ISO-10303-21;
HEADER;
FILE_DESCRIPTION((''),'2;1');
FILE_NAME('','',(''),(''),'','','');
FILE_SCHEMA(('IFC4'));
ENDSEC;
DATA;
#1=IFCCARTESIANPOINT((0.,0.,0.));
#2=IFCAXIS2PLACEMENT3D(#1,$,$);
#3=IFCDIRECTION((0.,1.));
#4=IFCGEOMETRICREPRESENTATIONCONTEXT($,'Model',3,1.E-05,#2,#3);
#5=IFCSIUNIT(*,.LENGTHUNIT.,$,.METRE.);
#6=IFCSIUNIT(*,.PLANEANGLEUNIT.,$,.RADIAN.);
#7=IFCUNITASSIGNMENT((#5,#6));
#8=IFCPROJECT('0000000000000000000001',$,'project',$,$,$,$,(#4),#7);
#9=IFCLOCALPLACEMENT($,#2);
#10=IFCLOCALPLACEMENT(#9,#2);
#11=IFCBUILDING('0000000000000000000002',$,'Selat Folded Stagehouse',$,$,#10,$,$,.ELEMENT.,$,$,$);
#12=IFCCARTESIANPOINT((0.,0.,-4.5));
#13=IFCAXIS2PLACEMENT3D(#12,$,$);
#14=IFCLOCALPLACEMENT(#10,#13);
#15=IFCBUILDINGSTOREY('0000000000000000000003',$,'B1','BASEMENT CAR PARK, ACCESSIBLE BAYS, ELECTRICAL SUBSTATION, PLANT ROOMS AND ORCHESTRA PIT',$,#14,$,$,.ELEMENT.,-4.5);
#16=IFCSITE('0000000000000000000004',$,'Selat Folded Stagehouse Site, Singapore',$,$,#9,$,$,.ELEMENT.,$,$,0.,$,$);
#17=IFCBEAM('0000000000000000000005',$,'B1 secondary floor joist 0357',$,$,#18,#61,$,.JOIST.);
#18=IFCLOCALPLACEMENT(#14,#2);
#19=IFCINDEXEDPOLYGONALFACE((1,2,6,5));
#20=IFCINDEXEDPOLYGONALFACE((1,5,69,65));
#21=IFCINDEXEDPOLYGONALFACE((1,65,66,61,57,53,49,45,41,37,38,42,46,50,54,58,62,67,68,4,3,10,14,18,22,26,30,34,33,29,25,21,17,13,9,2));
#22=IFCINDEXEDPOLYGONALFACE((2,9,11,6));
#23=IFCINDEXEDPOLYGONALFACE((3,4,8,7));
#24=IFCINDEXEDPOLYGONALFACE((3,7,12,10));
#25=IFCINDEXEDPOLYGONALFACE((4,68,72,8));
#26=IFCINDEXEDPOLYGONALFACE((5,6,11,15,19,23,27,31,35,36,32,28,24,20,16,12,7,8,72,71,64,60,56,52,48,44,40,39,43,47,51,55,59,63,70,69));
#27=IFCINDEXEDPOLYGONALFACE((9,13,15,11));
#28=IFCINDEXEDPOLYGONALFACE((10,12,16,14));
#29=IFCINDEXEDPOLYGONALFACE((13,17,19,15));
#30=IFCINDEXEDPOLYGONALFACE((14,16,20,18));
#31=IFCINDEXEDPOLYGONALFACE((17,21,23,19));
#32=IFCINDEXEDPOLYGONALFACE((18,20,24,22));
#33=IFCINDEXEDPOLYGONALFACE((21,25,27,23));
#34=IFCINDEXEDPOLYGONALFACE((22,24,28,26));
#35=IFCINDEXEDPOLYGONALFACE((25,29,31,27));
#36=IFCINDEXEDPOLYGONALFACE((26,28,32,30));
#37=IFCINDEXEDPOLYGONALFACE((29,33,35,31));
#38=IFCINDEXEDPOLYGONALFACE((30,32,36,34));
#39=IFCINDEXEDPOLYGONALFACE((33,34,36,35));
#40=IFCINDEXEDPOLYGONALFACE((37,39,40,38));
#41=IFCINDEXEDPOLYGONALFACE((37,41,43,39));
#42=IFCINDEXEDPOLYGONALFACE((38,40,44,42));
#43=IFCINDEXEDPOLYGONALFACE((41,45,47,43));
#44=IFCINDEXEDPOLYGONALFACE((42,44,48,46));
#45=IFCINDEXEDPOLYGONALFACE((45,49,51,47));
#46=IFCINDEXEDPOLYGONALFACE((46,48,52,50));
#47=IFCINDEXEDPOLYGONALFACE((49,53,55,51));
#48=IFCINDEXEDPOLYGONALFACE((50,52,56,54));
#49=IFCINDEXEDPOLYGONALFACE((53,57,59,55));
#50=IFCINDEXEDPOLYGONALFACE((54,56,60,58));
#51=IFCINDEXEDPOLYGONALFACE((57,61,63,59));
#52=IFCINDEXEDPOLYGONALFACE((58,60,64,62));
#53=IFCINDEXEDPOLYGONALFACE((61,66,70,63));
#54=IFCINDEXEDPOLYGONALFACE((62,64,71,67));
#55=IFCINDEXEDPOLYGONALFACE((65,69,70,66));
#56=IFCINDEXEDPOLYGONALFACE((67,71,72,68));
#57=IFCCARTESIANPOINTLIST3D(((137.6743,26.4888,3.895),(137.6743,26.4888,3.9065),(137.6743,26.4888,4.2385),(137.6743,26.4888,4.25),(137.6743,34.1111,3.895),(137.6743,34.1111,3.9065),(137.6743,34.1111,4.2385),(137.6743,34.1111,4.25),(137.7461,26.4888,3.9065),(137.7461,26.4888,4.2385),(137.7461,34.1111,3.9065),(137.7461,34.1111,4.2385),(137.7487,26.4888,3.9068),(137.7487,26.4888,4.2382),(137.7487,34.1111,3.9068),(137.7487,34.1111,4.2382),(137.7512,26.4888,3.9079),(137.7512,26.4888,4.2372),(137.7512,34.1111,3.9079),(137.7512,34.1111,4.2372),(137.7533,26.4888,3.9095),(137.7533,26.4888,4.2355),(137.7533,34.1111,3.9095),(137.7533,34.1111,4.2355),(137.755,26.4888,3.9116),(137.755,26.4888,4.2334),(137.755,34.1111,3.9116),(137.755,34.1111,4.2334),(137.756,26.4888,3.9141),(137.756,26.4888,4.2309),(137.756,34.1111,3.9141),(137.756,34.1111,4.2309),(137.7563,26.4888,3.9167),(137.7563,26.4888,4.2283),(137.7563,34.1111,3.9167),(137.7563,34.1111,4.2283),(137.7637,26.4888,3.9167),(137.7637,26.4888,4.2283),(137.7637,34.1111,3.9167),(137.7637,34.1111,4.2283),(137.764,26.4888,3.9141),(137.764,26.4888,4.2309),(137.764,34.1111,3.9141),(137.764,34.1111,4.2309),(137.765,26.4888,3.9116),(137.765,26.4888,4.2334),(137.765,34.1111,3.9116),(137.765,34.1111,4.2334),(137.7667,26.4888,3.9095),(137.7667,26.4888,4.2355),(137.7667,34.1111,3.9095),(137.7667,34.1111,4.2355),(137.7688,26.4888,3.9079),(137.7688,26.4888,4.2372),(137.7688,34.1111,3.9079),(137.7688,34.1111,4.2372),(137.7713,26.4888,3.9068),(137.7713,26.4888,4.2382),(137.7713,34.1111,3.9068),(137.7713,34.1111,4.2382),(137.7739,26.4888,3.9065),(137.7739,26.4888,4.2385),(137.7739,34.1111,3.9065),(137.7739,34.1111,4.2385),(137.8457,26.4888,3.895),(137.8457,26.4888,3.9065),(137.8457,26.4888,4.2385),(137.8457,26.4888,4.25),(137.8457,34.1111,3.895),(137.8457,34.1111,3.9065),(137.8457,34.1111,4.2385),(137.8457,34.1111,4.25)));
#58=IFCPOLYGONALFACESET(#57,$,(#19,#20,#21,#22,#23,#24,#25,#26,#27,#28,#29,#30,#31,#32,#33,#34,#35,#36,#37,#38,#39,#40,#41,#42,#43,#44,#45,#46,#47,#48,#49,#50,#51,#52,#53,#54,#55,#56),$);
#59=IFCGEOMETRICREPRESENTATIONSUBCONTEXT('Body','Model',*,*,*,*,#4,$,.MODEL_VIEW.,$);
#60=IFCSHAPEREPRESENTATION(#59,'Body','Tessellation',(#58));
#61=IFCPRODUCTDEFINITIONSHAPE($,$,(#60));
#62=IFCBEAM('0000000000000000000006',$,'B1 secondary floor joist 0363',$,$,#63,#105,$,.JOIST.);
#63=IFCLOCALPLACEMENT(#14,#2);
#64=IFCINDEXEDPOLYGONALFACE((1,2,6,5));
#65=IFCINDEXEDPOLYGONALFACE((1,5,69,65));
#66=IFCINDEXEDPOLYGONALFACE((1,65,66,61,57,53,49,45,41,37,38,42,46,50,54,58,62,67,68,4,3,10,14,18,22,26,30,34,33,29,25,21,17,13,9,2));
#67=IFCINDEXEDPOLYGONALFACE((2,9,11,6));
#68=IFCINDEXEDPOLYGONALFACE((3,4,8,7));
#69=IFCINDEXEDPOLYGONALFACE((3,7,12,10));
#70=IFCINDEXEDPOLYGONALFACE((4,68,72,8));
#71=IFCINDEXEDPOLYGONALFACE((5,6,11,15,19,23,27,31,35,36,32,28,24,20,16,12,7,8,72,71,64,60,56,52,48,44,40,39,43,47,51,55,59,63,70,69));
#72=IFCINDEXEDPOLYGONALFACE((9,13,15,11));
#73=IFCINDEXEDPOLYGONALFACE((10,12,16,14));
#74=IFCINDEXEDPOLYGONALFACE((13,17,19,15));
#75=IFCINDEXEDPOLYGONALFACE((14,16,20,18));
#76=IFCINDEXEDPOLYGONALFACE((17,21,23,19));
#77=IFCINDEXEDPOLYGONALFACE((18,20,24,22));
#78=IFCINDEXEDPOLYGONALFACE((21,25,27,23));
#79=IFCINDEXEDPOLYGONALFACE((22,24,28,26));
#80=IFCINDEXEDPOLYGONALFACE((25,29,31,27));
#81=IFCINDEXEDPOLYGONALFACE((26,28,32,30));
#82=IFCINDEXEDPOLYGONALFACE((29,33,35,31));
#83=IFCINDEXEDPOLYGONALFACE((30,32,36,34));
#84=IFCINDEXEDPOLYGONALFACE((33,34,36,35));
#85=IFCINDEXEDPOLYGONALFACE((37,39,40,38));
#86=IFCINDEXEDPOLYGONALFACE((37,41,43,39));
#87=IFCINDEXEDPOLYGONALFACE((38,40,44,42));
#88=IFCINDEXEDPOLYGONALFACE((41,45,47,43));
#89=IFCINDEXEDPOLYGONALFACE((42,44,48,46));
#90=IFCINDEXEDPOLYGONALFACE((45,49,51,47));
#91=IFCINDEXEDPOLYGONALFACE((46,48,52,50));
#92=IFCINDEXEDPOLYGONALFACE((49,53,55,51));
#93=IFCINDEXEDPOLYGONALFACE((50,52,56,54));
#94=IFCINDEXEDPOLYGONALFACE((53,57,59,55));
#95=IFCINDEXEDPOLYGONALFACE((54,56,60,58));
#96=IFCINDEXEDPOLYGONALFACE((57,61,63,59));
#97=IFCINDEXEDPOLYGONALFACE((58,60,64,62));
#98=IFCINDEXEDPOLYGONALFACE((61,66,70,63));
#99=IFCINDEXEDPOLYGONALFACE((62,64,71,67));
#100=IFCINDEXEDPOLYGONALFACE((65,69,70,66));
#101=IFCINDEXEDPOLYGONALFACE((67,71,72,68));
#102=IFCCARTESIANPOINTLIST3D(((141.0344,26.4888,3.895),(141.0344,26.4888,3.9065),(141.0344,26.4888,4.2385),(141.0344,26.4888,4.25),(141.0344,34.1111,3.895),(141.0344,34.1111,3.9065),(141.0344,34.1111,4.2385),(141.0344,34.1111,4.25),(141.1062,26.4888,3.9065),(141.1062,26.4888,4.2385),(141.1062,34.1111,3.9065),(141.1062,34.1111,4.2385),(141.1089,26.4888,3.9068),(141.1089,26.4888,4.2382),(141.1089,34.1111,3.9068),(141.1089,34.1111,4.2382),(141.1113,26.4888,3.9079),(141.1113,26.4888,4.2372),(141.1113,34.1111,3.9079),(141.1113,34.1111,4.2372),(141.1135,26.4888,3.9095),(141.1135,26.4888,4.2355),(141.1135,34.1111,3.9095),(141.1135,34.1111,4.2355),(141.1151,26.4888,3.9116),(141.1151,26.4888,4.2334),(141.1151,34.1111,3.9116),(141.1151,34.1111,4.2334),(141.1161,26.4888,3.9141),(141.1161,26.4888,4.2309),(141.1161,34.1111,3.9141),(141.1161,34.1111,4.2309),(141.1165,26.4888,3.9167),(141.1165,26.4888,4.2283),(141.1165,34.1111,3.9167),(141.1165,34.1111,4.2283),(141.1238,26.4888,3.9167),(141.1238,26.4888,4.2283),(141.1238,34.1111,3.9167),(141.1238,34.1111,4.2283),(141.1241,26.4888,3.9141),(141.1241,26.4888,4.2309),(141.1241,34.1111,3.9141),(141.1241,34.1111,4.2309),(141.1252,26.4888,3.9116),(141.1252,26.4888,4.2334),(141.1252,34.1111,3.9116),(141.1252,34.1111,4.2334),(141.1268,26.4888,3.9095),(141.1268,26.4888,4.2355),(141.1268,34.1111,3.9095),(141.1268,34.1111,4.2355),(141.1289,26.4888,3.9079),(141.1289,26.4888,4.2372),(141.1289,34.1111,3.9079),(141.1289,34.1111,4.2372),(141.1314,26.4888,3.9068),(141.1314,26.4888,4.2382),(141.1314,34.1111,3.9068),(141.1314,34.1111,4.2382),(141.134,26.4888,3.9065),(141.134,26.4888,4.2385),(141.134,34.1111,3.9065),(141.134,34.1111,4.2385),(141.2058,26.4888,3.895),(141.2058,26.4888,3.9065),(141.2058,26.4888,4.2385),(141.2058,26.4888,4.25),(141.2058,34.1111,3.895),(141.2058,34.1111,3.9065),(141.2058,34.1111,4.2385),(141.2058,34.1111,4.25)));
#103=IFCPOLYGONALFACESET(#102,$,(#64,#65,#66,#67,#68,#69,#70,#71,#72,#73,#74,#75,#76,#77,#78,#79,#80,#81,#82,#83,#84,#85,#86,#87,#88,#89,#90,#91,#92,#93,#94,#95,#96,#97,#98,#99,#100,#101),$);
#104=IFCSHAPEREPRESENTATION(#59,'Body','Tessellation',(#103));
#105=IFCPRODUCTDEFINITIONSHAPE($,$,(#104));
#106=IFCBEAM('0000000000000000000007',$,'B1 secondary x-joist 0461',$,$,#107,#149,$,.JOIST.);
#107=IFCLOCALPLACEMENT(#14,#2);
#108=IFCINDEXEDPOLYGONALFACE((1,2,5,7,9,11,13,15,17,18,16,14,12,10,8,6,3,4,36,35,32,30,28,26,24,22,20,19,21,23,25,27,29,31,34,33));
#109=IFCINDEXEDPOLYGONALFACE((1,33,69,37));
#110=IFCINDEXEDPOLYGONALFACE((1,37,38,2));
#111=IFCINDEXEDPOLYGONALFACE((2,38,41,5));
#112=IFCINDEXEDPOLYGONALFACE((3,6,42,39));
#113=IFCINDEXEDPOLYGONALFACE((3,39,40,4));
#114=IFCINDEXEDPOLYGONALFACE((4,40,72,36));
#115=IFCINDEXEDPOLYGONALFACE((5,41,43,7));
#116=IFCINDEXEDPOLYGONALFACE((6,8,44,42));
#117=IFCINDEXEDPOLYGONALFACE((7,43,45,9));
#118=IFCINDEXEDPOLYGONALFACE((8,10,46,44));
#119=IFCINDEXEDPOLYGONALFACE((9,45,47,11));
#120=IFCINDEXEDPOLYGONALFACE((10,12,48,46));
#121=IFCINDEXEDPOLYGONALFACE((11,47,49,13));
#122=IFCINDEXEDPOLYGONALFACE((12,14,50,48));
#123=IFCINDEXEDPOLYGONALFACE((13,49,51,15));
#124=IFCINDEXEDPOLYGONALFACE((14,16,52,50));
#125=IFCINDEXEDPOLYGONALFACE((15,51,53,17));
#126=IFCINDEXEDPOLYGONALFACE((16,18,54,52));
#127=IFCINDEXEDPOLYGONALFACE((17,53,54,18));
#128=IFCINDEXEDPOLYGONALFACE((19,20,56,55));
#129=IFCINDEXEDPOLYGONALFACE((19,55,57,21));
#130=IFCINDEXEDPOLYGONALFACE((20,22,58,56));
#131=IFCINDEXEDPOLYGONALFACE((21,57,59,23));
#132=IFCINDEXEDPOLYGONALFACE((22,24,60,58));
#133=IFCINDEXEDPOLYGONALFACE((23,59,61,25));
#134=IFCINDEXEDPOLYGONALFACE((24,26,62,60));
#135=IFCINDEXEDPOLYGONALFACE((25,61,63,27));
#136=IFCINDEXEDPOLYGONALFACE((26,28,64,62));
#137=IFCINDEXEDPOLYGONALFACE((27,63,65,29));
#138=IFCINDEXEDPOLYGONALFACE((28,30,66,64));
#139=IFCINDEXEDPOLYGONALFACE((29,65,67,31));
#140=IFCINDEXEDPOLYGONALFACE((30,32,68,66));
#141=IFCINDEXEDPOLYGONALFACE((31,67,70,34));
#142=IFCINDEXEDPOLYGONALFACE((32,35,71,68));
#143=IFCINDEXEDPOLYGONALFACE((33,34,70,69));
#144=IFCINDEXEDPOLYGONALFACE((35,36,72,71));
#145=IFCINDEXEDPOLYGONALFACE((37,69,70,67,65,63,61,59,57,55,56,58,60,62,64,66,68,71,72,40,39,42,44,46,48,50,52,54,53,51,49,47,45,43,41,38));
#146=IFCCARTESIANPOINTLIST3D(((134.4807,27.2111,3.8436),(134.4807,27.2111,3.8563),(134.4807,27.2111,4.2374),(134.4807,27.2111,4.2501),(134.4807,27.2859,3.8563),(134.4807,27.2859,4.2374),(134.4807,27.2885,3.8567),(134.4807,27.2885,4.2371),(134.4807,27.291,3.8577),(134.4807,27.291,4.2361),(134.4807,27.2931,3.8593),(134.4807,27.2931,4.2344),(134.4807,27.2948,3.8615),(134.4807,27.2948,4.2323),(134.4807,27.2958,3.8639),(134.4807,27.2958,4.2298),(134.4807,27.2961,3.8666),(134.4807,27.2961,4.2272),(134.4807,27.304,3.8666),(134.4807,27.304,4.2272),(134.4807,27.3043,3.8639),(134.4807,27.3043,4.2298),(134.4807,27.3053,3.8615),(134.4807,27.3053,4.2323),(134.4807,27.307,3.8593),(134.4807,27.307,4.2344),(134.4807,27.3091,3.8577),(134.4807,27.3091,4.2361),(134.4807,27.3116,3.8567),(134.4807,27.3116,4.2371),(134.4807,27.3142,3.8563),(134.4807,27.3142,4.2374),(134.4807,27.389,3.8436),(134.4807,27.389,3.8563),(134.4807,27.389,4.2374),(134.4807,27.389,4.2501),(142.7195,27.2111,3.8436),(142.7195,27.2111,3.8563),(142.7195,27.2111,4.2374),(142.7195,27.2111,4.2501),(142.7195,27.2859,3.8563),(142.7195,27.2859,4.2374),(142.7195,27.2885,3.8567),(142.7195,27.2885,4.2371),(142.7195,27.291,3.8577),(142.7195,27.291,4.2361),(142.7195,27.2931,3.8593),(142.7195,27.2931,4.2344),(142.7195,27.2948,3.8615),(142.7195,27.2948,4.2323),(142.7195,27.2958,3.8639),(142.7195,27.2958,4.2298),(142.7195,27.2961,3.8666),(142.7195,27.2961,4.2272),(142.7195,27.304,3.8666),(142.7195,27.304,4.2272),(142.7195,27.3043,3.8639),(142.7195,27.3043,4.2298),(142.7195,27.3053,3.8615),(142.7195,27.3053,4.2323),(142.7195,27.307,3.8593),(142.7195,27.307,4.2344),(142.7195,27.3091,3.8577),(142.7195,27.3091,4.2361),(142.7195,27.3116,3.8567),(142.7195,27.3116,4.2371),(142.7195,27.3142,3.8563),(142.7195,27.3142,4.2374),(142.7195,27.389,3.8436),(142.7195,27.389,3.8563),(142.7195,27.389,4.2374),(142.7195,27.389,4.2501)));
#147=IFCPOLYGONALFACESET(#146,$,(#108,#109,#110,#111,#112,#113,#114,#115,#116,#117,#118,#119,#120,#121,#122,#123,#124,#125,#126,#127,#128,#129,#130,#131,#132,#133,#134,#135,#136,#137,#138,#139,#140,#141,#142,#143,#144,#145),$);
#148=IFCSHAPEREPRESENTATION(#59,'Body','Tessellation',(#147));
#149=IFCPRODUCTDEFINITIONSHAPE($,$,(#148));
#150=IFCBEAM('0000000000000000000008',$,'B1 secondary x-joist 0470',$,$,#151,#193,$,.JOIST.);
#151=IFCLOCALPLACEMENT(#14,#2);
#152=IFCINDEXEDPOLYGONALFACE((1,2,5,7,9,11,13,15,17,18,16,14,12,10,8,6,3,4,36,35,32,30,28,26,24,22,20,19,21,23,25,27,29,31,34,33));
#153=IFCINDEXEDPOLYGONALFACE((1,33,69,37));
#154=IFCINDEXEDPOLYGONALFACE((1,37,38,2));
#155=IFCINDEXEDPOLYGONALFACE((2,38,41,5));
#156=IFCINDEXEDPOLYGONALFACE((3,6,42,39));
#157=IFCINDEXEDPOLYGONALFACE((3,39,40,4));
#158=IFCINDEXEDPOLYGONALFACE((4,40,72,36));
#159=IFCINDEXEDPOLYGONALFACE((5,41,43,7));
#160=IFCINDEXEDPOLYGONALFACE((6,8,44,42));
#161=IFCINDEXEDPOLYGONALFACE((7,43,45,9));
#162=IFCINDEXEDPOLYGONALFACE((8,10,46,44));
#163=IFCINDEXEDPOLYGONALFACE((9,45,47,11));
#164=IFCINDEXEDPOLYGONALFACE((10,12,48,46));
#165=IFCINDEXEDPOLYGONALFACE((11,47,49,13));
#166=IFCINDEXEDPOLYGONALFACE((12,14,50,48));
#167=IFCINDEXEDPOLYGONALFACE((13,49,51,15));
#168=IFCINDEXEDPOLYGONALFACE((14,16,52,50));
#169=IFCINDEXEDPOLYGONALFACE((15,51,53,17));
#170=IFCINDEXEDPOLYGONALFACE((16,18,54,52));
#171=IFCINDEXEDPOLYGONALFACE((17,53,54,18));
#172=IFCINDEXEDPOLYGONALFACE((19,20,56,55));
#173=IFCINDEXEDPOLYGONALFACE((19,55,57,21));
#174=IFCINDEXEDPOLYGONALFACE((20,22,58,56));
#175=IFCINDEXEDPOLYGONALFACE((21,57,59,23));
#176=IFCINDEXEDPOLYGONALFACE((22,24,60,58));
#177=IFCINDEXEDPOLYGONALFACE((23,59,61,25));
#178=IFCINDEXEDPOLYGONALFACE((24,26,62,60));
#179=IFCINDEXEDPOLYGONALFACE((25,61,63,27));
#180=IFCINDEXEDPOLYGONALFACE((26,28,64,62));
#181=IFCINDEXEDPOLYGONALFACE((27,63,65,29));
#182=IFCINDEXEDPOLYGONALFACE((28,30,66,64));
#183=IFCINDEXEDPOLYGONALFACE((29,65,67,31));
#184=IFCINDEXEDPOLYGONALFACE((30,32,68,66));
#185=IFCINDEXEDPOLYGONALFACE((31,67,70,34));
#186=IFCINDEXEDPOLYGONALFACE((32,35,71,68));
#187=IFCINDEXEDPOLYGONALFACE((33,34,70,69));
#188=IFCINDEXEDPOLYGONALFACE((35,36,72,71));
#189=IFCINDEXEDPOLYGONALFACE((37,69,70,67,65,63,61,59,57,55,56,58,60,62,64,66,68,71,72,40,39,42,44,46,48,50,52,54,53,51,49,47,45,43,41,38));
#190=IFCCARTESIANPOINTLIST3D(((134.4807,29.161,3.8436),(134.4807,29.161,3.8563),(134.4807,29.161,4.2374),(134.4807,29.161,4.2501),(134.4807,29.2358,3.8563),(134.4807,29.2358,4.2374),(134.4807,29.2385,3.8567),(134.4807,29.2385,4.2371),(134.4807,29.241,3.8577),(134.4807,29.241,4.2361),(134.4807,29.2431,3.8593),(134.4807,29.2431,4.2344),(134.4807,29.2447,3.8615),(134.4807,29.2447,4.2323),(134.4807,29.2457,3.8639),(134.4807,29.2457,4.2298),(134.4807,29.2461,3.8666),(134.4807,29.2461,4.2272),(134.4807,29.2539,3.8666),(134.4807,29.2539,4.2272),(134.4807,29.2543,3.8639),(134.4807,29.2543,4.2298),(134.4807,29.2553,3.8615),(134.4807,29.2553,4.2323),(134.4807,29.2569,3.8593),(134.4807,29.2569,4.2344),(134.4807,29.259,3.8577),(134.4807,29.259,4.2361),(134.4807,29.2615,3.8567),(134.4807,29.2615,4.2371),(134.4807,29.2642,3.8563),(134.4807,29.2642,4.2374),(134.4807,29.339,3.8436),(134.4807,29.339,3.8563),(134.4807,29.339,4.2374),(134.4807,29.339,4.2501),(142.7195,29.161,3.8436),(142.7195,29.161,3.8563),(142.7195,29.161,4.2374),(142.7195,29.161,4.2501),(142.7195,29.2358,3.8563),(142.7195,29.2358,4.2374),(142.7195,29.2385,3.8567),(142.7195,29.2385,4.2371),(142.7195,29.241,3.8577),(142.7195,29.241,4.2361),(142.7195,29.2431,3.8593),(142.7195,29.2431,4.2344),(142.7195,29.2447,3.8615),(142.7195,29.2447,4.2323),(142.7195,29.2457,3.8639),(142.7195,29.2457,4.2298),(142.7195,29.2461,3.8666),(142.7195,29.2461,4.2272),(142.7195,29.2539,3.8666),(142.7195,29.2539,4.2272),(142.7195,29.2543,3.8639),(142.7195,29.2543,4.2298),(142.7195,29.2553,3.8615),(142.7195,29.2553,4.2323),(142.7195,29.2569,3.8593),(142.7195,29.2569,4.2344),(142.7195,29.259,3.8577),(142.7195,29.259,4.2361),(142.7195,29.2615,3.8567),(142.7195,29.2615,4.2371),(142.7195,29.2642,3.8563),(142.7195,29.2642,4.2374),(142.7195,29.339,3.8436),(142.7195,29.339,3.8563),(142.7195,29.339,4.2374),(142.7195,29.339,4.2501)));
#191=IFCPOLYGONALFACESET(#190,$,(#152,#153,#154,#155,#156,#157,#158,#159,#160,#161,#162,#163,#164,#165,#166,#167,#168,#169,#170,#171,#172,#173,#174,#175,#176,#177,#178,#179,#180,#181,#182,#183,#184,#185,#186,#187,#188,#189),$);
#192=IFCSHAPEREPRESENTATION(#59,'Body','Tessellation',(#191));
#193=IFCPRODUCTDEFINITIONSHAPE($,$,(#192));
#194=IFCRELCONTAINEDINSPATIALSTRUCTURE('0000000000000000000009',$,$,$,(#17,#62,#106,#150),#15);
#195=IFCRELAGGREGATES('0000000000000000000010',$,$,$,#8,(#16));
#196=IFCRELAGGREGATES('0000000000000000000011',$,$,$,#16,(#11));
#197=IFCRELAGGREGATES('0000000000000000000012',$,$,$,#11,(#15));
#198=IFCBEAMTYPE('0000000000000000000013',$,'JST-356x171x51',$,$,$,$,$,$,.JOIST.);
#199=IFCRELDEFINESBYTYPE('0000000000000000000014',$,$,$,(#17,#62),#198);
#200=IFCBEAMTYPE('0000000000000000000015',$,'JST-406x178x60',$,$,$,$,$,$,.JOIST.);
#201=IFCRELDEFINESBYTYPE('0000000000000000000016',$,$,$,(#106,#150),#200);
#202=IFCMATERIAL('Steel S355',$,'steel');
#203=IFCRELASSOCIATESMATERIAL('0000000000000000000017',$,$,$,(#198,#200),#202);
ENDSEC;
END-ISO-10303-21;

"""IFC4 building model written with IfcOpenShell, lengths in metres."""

from ifc_helpers import new_model, si_unit, direction, frame, origin, origin_2d, place, context, subcontext, project, spatial, i_section, extrude, material, material_profile, profile_set, type_object, element, save


model = new_model("IFC4")

# Units and contexts
model_context = context("Model", 3, precision=1e-05, world=origin(), true_north=direction((0.0, 1.0)))
body_context = subcontext(model_context, "Body", "Model", "MODEL_VIEW")
ifc_project = project(units=[si_unit("LENGTHUNIT", "METRE"), si_unit("PLANEANGLEUNIT", "RADIAN")], contexts=[model_context])

# Site, building, storey
site_placement = place(None, origin())
site = spatial("IfcSite", under=ifc_project, at=site_placement, Name="Selat Folded Stagehouse Site, Singapore", CompositionType="ELEMENT", RefElevation=0.0)
building_placement = place(site_placement, origin())
building = spatial("IfcBuilding", under=site, at=building_placement, Name="Selat Folded Stagehouse", CompositionType="ELEMENT")
storey_placement = place(building_placement, frame((0.0, 0.0, -4.5)))
storey = spatial("IfcBuildingStorey", under=building, at=storey_placement, Name="B1", Description="BASEMENT CAR PARK, ACCESSIBLE BAYS, ELECTRICAL SUBSTATION, PLANT ROOMS AND ORCHESTRA PIT", CompositionType="ELEMENT", Elevation=-4.5)

# Shared definitions
ifc_material_1 = material(Name="Steel S355", Category="steel")

# Beams
ifc_material_profile_1 = material_profile(ifc_material_1, i_section(OverallWidth=0.1714, OverallDepth=0.355, WebThickness=0.0073, FlangeThickness=0.0115, FilletRadius=0.0103, at=origin_2d()), Name="UKB 356x171x51")
ifc_profile_set_1 = profile_set([ifc_material_profile_1], Name="Steel S355")
beam_type_1 = type_object("IfcBeamType", Name="JST-356x171x51", PredefinedType="JOIST", material=ifc_profile_set_1)
for number, where, z_axis, x_axis, name in (
    (1, (137.76, 26.4888, 4.0725), (0.0, 1.0, 0.0), (-1.0, 0.0, 0.0), "B1 secondary floor joist 0357"),
    (2, (141.1201, 26.4888, 4.0725), (0.0, 1.0, 0.0), (-1.0, 0.0, 0.0), "B1 secondary floor joist 0363"),
):
    element("IfcBeam", number, at=place(storey_placement, frame(where, z_axis=z_axis, x_axis=x_axis)), inside=storey, type_object=beam_type_1, Name=name, PredefinedType="JOIST", context=body_context, shape_type="SweptSolid", body=[
        extrude(i_section(OverallWidth=0.1714, OverallDepth=0.355, WebThickness=0.0073, FlangeThickness=0.0115, FilletRadius=0.0103, at=origin_2d()), origin(), (0.0, 0.0, 1.0), 7.6223),
    ])
ifc_material_profile_2 = material_profile(ifc_material_1, i_section(OverallWidth=0.178, OverallDepth=0.4065, WebThickness=0.0078, FlangeThickness=0.0127, FilletRadius=0.0103, at=origin_2d()), Name="UKB 406x178x60")
ifc_profile_set_2 = profile_set([ifc_material_profile_2], Name="Steel S355")
beam_type_2 = type_object("IfcBeamType", Name="JST-406x178x60", PredefinedType="JOIST", material=ifc_profile_set_2)
for number, where, z_axis, x_axis, name in (
    (3, (134.4807, 27.3, 4.0469), (1.0, 0.0, 0.0), (0.0, 1.0, 0.0), "B1 secondary x-joist 0461"),
    (4, (134.4807, 29.25, 4.0469), (1.0, 0.0, 0.0), (0.0, 1.0, 0.0), "B1 secondary x-joist 0470"),
):
    element("IfcBeam", number, at=place(storey_placement, frame(where, z_axis=z_axis, x_axis=x_axis)), inside=storey, type_object=beam_type_2, Name=name, PredefinedType="JOIST", context=body_context, shape_type="SweptSolid", body=[
        extrude(i_section(OverallWidth=0.178, OverallDepth=0.4065, WebThickness=0.0078, FlangeThickness=0.0127, FilletRadius=0.0103, at=origin_2d()), origin(), (0.0, 0.0, 1.0), 8.2388),
    ])

save(model, "model.ifc")
